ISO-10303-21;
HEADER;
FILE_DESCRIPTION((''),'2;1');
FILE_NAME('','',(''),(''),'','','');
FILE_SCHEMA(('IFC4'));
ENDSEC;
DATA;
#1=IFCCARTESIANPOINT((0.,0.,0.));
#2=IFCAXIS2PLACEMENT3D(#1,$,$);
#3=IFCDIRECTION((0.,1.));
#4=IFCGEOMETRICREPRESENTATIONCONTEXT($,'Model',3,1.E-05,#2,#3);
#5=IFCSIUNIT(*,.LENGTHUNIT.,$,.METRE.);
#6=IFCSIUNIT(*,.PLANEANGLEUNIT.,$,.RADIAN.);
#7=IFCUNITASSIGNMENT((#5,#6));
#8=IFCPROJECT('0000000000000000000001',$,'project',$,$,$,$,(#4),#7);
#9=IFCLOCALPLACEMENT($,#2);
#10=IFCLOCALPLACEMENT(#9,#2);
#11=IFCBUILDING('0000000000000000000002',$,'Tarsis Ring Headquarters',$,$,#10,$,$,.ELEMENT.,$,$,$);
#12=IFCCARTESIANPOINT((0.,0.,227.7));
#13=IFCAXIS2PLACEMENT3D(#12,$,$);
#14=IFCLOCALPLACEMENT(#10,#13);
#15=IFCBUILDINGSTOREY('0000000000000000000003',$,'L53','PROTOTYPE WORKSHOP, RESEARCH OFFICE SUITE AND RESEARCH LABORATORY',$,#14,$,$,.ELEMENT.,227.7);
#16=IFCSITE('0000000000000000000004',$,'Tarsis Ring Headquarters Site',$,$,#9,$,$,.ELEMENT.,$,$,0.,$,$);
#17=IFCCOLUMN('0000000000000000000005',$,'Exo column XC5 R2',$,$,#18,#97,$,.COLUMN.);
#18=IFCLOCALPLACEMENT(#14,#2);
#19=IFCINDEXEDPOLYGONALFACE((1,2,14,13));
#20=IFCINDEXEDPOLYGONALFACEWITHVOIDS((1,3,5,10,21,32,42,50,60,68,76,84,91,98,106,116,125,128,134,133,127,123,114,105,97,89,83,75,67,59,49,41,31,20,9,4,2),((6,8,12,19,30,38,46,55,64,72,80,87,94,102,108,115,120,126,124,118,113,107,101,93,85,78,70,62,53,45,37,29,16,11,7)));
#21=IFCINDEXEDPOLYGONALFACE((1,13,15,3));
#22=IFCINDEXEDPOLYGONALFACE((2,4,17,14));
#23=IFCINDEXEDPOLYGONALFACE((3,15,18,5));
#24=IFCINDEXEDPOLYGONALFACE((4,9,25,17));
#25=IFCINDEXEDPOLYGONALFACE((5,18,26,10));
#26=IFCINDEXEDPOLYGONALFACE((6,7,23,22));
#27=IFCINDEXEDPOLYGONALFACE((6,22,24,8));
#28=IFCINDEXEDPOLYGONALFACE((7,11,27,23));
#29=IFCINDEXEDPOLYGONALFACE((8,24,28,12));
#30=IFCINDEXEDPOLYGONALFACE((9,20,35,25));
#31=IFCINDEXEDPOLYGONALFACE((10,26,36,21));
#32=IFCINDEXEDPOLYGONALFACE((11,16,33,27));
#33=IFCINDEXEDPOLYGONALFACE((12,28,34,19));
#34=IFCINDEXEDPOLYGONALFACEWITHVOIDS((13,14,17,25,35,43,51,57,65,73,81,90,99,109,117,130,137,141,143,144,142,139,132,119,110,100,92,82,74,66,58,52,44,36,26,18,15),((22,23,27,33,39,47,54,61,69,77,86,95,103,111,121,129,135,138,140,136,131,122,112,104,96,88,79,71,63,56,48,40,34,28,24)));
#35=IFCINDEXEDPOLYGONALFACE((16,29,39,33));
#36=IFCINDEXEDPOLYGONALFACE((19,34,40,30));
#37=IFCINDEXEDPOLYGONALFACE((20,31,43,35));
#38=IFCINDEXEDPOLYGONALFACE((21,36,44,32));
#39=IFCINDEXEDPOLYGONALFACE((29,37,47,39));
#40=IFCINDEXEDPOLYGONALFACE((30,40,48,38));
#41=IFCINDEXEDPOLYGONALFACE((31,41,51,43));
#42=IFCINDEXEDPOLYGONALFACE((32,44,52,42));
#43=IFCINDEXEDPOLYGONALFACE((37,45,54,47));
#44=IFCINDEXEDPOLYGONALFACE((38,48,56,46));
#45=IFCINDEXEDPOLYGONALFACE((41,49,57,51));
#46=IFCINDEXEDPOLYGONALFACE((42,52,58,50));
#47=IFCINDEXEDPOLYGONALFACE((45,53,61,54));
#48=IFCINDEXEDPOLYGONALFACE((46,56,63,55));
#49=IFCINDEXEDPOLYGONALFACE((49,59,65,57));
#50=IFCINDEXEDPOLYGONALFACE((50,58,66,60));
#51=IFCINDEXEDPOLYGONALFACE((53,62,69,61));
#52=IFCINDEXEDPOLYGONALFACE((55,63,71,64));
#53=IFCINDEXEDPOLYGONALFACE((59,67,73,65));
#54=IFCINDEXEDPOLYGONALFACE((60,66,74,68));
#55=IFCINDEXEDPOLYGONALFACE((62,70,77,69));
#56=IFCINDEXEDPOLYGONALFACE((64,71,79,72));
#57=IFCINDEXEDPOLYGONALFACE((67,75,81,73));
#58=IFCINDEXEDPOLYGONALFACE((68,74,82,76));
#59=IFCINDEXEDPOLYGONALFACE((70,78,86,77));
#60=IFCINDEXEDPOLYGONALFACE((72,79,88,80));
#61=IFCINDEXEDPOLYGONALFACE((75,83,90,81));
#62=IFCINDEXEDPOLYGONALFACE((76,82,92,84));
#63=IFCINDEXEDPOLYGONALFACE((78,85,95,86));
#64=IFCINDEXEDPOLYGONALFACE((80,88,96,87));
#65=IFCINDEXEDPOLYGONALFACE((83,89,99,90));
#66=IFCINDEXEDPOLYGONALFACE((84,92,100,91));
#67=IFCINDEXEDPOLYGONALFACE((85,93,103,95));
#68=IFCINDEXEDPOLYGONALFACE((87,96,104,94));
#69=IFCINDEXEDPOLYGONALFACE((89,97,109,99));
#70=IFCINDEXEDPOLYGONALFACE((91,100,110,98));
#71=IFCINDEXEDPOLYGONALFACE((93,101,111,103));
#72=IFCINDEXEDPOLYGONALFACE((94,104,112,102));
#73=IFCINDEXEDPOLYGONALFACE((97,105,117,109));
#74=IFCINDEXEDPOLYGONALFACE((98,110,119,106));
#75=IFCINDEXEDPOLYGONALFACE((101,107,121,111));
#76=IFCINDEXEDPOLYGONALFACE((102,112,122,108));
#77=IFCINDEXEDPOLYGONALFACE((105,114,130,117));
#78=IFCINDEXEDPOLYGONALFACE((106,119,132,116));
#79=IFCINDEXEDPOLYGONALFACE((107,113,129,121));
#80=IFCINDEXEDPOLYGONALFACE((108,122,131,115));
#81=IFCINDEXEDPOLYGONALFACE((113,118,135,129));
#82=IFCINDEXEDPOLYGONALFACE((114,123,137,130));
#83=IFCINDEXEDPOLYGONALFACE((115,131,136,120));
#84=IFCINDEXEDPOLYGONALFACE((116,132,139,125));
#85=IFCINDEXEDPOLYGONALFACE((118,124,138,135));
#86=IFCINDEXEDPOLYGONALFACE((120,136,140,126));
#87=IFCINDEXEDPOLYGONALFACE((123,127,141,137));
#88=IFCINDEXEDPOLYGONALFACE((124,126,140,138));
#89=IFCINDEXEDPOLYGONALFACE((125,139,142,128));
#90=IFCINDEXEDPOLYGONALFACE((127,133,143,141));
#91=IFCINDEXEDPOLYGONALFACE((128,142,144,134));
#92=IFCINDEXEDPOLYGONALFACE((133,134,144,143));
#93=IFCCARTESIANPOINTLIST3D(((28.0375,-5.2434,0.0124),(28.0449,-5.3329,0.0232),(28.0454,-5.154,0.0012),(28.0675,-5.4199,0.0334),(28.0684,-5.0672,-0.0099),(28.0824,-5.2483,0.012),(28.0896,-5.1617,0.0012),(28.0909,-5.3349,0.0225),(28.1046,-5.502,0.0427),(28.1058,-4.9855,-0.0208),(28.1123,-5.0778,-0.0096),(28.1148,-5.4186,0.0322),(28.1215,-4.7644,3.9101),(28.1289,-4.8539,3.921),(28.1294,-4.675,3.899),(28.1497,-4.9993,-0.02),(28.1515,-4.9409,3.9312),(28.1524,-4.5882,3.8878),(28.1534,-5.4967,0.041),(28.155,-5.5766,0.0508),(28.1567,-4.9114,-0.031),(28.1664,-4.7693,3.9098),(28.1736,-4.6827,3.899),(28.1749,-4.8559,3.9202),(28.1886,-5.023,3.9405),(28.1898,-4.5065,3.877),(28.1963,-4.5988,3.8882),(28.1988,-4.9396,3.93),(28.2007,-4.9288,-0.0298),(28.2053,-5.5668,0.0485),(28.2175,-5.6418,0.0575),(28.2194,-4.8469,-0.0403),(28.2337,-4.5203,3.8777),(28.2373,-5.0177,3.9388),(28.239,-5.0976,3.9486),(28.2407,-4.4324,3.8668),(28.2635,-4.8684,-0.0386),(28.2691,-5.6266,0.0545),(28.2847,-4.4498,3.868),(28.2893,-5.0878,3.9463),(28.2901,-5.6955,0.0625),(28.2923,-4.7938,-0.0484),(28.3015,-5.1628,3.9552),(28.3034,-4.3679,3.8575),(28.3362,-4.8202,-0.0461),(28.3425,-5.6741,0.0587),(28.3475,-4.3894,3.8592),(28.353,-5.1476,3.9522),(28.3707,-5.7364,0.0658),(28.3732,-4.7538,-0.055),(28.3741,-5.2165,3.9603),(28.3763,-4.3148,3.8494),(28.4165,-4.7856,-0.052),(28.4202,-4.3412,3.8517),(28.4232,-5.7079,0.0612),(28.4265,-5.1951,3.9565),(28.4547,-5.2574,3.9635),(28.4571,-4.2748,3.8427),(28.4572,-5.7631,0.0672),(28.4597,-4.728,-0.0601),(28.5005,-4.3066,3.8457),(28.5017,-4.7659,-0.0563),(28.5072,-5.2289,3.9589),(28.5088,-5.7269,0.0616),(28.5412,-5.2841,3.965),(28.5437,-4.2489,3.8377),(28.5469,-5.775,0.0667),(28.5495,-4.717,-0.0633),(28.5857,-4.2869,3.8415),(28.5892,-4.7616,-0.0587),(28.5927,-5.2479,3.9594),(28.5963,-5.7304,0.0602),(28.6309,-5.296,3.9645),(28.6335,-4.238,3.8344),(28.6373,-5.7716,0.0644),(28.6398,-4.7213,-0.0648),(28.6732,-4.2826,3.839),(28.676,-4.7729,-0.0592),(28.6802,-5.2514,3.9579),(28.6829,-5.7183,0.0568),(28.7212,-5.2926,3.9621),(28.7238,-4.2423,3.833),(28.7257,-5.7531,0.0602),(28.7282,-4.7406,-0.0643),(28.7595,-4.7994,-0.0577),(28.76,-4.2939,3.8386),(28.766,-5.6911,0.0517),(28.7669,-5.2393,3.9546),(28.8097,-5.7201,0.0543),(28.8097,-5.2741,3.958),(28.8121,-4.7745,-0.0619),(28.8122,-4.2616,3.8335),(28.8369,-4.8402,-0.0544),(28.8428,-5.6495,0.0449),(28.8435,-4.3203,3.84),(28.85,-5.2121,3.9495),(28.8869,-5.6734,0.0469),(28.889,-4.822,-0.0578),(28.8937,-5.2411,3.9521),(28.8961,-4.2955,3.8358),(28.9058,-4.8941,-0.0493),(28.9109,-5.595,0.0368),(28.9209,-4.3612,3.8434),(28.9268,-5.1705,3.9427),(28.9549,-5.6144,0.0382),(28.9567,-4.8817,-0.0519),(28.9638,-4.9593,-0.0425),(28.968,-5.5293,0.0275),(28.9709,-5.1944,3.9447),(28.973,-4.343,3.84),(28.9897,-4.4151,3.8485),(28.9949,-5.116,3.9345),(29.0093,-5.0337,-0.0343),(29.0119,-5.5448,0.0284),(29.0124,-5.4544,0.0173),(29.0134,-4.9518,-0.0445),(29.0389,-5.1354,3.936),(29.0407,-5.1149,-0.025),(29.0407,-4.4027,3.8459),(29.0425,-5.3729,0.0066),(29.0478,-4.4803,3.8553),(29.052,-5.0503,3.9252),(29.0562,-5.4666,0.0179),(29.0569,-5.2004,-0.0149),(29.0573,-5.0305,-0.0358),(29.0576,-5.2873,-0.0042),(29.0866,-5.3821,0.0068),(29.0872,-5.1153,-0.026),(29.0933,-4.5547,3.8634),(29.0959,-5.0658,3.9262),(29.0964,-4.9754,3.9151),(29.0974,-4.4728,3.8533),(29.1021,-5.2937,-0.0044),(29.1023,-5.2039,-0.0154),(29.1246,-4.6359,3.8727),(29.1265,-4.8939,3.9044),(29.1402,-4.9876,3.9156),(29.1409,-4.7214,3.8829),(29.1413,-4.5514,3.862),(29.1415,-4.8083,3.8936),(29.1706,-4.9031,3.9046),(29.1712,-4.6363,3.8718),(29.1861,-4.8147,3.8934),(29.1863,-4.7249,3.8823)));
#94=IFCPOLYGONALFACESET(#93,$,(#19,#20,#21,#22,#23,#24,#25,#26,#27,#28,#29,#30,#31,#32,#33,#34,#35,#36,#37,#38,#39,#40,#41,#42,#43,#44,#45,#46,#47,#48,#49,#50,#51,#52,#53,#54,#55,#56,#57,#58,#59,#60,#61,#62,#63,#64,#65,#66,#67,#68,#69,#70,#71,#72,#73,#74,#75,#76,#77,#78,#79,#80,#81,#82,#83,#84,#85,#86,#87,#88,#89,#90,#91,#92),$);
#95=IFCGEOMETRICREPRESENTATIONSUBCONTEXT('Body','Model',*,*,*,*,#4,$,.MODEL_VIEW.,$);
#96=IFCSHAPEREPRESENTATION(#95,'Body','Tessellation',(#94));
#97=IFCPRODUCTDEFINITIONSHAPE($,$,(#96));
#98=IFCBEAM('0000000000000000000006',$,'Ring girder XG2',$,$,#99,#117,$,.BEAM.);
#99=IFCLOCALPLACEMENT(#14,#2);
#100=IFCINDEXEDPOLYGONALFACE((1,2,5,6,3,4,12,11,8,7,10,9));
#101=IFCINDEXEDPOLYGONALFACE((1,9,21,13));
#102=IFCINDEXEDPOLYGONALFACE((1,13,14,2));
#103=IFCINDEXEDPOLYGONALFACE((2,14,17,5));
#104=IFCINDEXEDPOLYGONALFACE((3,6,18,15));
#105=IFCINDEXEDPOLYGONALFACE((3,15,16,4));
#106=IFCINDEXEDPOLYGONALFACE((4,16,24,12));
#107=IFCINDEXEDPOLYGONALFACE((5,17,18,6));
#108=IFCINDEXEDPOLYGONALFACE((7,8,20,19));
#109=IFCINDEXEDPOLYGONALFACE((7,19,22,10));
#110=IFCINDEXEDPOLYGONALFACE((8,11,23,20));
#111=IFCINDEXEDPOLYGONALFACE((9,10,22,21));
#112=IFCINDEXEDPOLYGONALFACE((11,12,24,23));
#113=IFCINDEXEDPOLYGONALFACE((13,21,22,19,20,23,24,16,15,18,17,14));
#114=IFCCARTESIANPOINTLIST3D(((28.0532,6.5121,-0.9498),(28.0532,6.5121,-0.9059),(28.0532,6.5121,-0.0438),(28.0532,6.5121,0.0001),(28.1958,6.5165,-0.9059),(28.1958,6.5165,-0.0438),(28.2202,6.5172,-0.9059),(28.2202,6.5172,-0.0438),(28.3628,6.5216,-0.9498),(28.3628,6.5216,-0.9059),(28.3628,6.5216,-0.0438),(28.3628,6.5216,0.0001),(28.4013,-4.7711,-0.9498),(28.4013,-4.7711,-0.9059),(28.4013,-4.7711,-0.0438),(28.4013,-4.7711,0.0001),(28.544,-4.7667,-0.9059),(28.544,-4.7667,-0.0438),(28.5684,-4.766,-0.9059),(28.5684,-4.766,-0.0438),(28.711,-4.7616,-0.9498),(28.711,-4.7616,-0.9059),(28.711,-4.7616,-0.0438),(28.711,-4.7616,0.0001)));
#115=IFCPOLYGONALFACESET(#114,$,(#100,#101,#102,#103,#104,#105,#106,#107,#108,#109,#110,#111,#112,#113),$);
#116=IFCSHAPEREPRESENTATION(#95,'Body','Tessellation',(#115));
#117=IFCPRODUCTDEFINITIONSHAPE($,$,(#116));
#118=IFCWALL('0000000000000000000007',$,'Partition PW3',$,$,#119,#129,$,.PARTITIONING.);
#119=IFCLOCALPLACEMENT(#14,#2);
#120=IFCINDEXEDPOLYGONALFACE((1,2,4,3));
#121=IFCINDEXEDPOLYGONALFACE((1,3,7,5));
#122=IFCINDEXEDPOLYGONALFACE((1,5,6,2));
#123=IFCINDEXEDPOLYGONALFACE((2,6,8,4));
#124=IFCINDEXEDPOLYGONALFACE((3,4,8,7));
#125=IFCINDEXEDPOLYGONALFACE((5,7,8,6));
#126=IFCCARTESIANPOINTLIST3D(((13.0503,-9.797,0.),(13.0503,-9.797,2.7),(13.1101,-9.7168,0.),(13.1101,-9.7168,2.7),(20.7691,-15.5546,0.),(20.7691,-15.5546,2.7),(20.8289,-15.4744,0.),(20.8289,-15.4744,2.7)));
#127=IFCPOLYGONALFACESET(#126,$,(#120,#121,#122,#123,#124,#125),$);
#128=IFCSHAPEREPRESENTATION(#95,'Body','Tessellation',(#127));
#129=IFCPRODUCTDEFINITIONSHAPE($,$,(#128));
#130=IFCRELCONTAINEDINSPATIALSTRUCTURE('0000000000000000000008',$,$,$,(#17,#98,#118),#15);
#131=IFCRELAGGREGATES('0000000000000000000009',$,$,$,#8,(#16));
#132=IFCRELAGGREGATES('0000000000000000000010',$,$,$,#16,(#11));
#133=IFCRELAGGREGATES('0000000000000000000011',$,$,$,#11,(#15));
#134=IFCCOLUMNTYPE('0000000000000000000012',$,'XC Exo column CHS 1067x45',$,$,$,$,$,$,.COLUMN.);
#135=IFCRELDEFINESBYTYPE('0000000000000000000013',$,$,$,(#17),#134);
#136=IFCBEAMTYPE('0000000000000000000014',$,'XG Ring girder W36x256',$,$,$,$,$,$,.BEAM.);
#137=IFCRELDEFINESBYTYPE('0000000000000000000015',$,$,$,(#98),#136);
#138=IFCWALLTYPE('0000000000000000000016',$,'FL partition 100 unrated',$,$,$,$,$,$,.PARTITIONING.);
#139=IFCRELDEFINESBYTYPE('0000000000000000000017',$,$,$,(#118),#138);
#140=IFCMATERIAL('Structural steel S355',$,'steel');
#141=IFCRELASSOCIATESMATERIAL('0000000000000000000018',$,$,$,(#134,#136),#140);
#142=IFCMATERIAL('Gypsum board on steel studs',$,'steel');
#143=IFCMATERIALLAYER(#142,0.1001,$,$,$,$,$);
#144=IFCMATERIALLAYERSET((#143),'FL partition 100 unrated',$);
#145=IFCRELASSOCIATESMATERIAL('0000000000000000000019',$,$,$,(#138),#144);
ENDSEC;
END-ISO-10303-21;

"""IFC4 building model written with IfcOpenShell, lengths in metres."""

from ifc_helpers import new_model, si_unit, direction, frame, frame_2d, origin, origin_2d, place, context, subcontext, project, spatial, rectangle, hollow_circle, i_section, extrude, material, layer, layer_set, material_profile, profile_set, type_object, element, save


model = new_model("IFC4")

# Units and contexts
model_context = context("Model", 3, precision=1e-05, world=origin(), true_north=direction((0.0, 1.0)))
body_context = subcontext(model_context, "Body", "Model", "MODEL_VIEW")
ifc_project = project(units=[si_unit("LENGTHUNIT", "METRE"), si_unit("PLANEANGLEUNIT", "RADIAN")], contexts=[model_context])

# Site, building, storey
site_placement = place(None, origin())
site = spatial("IfcSite", under=ifc_project, at=site_placement, Name="Tarsis Ring Headquarters Site", CompositionType="ELEMENT", RefElevation=0.0)
building_placement = place(site_placement, origin())
building = spatial("IfcBuilding", under=site, at=building_placement, Name="Tarsis Ring Headquarters", CompositionType="ELEMENT")
storey_placement = place(building_placement, frame((0.0, 0.0, 227.7)))
storey = spatial("IfcBuildingStorey", under=building, at=storey_placement, Name="L53", Description="PROTOTYPE WORKSHOP, RESEARCH OFFICE SUITE AND RESEARCH LABORATORY", CompositionType="ELEMENT", Elevation=227.7)

# Column
ifc_material_1 = material(Name="Structural steel S355", Category="steel")
ifc_material_profile_1 = material_profile(ifc_material_1, hollow_circle(Radius=0.5334, WallThickness=0.0449, at=origin_2d()), Name="CHS 1067x45")
ifc_profile_set_1 = profile_set([ifc_material_profile_1], Name="Structural steel S355")
column_type = type_object("IfcColumnType", Name="XC Exo column CHS 1067x45", PredefinedType="COLUMN", material=ifc_profile_set_1)
column_placement = place(storey_placement, frame((28.5708, -5.2461, 0.0012), z_axis=(0.021381, 0.121948, 0.992306), x_axis=(-0.984975, 0.172697, 0.0)))
element("IfcColumn", 1, at=column_placement, inside=storey, type_object=column_type, Name="Exo column XC5 R2", PredefinedType="COLUMN", context=body_context, shape_type="SweptSolid", body=[
    extrude(hollow_circle(Radius=0.5334, WallThickness=0.0449, at=origin_2d()), origin(), (0.0, 0.0, 1.0), 3.928),
])

# Beam
ifc_material_profile_2 = material_profile(ifc_material_1, i_section(OverallWidth=0.3098, OverallDepth=0.95, WebThickness=0.0244, FlangeThickness=0.0439, at=origin_2d()), Name="W36x256")
ifc_profile_set_2 = profile_set([ifc_material_profile_2], Name="Structural steel S355")
beam_type = type_object("IfcBeamType", Name="XG Ring girder W36x256", PredefinedType="BEAM", material=ifc_profile_set_2)
beam_placement = place(storey_placement, frame((28.5562, -4.7664, -0.4749), z_axis=(-0.03084, 0.999524, 0.0), x_axis=(-0.999524, -0.03084, 0.0)))
element("IfcBeam", 2, at=beam_placement, inside=storey, type_object=beam_type, Name="Ring girder XG2", PredefinedType="BEAM", context=body_context, shape_type="SweptSolid", body=[
    extrude(i_section(OverallWidth=0.3098, OverallDepth=0.95, WebThickness=0.0244, FlangeThickness=0.0439, at=origin_2d()), origin(), (0.0, 0.0, 1.0), 11.2886),
])

# Wall
ifc_material_2 = material(Name="Gypsum board on steel studs", Category="steel")
ifc_layer_1 = layer(ifc_material_2, 0.1001)
ifc_layer_set_1 = layer_set([ifc_layer_1], Name="FL partition 100 unrated")
wall_type_1 = type_object("IfcWallType", Name="FL partition 100 unrated", PredefinedType="PARTITIONING", material=ifc_layer_set_1)
wall_1_placement = place(storey_placement, frame((13.0801, -9.7568, 0.0), z_axis=(0.0, 0.0, 1.0), x_axis=(0.801567, -0.597905, 0.0)))
element("IfcWall", 3, at=wall_1_placement, inside=storey, type_object=wall_type_1, Name="Partition PW3", PredefinedType="PARTITIONING", context=body_context, shape_type="SweptSolid", body=[
    extrude(rectangle(XDim=9.6296, YDim=0.1001, at=frame_2d((4.8149, 0.0))), origin(), (0.0, 0.0, 1.0), 2.7),
])

save(model, "model.ifc")
